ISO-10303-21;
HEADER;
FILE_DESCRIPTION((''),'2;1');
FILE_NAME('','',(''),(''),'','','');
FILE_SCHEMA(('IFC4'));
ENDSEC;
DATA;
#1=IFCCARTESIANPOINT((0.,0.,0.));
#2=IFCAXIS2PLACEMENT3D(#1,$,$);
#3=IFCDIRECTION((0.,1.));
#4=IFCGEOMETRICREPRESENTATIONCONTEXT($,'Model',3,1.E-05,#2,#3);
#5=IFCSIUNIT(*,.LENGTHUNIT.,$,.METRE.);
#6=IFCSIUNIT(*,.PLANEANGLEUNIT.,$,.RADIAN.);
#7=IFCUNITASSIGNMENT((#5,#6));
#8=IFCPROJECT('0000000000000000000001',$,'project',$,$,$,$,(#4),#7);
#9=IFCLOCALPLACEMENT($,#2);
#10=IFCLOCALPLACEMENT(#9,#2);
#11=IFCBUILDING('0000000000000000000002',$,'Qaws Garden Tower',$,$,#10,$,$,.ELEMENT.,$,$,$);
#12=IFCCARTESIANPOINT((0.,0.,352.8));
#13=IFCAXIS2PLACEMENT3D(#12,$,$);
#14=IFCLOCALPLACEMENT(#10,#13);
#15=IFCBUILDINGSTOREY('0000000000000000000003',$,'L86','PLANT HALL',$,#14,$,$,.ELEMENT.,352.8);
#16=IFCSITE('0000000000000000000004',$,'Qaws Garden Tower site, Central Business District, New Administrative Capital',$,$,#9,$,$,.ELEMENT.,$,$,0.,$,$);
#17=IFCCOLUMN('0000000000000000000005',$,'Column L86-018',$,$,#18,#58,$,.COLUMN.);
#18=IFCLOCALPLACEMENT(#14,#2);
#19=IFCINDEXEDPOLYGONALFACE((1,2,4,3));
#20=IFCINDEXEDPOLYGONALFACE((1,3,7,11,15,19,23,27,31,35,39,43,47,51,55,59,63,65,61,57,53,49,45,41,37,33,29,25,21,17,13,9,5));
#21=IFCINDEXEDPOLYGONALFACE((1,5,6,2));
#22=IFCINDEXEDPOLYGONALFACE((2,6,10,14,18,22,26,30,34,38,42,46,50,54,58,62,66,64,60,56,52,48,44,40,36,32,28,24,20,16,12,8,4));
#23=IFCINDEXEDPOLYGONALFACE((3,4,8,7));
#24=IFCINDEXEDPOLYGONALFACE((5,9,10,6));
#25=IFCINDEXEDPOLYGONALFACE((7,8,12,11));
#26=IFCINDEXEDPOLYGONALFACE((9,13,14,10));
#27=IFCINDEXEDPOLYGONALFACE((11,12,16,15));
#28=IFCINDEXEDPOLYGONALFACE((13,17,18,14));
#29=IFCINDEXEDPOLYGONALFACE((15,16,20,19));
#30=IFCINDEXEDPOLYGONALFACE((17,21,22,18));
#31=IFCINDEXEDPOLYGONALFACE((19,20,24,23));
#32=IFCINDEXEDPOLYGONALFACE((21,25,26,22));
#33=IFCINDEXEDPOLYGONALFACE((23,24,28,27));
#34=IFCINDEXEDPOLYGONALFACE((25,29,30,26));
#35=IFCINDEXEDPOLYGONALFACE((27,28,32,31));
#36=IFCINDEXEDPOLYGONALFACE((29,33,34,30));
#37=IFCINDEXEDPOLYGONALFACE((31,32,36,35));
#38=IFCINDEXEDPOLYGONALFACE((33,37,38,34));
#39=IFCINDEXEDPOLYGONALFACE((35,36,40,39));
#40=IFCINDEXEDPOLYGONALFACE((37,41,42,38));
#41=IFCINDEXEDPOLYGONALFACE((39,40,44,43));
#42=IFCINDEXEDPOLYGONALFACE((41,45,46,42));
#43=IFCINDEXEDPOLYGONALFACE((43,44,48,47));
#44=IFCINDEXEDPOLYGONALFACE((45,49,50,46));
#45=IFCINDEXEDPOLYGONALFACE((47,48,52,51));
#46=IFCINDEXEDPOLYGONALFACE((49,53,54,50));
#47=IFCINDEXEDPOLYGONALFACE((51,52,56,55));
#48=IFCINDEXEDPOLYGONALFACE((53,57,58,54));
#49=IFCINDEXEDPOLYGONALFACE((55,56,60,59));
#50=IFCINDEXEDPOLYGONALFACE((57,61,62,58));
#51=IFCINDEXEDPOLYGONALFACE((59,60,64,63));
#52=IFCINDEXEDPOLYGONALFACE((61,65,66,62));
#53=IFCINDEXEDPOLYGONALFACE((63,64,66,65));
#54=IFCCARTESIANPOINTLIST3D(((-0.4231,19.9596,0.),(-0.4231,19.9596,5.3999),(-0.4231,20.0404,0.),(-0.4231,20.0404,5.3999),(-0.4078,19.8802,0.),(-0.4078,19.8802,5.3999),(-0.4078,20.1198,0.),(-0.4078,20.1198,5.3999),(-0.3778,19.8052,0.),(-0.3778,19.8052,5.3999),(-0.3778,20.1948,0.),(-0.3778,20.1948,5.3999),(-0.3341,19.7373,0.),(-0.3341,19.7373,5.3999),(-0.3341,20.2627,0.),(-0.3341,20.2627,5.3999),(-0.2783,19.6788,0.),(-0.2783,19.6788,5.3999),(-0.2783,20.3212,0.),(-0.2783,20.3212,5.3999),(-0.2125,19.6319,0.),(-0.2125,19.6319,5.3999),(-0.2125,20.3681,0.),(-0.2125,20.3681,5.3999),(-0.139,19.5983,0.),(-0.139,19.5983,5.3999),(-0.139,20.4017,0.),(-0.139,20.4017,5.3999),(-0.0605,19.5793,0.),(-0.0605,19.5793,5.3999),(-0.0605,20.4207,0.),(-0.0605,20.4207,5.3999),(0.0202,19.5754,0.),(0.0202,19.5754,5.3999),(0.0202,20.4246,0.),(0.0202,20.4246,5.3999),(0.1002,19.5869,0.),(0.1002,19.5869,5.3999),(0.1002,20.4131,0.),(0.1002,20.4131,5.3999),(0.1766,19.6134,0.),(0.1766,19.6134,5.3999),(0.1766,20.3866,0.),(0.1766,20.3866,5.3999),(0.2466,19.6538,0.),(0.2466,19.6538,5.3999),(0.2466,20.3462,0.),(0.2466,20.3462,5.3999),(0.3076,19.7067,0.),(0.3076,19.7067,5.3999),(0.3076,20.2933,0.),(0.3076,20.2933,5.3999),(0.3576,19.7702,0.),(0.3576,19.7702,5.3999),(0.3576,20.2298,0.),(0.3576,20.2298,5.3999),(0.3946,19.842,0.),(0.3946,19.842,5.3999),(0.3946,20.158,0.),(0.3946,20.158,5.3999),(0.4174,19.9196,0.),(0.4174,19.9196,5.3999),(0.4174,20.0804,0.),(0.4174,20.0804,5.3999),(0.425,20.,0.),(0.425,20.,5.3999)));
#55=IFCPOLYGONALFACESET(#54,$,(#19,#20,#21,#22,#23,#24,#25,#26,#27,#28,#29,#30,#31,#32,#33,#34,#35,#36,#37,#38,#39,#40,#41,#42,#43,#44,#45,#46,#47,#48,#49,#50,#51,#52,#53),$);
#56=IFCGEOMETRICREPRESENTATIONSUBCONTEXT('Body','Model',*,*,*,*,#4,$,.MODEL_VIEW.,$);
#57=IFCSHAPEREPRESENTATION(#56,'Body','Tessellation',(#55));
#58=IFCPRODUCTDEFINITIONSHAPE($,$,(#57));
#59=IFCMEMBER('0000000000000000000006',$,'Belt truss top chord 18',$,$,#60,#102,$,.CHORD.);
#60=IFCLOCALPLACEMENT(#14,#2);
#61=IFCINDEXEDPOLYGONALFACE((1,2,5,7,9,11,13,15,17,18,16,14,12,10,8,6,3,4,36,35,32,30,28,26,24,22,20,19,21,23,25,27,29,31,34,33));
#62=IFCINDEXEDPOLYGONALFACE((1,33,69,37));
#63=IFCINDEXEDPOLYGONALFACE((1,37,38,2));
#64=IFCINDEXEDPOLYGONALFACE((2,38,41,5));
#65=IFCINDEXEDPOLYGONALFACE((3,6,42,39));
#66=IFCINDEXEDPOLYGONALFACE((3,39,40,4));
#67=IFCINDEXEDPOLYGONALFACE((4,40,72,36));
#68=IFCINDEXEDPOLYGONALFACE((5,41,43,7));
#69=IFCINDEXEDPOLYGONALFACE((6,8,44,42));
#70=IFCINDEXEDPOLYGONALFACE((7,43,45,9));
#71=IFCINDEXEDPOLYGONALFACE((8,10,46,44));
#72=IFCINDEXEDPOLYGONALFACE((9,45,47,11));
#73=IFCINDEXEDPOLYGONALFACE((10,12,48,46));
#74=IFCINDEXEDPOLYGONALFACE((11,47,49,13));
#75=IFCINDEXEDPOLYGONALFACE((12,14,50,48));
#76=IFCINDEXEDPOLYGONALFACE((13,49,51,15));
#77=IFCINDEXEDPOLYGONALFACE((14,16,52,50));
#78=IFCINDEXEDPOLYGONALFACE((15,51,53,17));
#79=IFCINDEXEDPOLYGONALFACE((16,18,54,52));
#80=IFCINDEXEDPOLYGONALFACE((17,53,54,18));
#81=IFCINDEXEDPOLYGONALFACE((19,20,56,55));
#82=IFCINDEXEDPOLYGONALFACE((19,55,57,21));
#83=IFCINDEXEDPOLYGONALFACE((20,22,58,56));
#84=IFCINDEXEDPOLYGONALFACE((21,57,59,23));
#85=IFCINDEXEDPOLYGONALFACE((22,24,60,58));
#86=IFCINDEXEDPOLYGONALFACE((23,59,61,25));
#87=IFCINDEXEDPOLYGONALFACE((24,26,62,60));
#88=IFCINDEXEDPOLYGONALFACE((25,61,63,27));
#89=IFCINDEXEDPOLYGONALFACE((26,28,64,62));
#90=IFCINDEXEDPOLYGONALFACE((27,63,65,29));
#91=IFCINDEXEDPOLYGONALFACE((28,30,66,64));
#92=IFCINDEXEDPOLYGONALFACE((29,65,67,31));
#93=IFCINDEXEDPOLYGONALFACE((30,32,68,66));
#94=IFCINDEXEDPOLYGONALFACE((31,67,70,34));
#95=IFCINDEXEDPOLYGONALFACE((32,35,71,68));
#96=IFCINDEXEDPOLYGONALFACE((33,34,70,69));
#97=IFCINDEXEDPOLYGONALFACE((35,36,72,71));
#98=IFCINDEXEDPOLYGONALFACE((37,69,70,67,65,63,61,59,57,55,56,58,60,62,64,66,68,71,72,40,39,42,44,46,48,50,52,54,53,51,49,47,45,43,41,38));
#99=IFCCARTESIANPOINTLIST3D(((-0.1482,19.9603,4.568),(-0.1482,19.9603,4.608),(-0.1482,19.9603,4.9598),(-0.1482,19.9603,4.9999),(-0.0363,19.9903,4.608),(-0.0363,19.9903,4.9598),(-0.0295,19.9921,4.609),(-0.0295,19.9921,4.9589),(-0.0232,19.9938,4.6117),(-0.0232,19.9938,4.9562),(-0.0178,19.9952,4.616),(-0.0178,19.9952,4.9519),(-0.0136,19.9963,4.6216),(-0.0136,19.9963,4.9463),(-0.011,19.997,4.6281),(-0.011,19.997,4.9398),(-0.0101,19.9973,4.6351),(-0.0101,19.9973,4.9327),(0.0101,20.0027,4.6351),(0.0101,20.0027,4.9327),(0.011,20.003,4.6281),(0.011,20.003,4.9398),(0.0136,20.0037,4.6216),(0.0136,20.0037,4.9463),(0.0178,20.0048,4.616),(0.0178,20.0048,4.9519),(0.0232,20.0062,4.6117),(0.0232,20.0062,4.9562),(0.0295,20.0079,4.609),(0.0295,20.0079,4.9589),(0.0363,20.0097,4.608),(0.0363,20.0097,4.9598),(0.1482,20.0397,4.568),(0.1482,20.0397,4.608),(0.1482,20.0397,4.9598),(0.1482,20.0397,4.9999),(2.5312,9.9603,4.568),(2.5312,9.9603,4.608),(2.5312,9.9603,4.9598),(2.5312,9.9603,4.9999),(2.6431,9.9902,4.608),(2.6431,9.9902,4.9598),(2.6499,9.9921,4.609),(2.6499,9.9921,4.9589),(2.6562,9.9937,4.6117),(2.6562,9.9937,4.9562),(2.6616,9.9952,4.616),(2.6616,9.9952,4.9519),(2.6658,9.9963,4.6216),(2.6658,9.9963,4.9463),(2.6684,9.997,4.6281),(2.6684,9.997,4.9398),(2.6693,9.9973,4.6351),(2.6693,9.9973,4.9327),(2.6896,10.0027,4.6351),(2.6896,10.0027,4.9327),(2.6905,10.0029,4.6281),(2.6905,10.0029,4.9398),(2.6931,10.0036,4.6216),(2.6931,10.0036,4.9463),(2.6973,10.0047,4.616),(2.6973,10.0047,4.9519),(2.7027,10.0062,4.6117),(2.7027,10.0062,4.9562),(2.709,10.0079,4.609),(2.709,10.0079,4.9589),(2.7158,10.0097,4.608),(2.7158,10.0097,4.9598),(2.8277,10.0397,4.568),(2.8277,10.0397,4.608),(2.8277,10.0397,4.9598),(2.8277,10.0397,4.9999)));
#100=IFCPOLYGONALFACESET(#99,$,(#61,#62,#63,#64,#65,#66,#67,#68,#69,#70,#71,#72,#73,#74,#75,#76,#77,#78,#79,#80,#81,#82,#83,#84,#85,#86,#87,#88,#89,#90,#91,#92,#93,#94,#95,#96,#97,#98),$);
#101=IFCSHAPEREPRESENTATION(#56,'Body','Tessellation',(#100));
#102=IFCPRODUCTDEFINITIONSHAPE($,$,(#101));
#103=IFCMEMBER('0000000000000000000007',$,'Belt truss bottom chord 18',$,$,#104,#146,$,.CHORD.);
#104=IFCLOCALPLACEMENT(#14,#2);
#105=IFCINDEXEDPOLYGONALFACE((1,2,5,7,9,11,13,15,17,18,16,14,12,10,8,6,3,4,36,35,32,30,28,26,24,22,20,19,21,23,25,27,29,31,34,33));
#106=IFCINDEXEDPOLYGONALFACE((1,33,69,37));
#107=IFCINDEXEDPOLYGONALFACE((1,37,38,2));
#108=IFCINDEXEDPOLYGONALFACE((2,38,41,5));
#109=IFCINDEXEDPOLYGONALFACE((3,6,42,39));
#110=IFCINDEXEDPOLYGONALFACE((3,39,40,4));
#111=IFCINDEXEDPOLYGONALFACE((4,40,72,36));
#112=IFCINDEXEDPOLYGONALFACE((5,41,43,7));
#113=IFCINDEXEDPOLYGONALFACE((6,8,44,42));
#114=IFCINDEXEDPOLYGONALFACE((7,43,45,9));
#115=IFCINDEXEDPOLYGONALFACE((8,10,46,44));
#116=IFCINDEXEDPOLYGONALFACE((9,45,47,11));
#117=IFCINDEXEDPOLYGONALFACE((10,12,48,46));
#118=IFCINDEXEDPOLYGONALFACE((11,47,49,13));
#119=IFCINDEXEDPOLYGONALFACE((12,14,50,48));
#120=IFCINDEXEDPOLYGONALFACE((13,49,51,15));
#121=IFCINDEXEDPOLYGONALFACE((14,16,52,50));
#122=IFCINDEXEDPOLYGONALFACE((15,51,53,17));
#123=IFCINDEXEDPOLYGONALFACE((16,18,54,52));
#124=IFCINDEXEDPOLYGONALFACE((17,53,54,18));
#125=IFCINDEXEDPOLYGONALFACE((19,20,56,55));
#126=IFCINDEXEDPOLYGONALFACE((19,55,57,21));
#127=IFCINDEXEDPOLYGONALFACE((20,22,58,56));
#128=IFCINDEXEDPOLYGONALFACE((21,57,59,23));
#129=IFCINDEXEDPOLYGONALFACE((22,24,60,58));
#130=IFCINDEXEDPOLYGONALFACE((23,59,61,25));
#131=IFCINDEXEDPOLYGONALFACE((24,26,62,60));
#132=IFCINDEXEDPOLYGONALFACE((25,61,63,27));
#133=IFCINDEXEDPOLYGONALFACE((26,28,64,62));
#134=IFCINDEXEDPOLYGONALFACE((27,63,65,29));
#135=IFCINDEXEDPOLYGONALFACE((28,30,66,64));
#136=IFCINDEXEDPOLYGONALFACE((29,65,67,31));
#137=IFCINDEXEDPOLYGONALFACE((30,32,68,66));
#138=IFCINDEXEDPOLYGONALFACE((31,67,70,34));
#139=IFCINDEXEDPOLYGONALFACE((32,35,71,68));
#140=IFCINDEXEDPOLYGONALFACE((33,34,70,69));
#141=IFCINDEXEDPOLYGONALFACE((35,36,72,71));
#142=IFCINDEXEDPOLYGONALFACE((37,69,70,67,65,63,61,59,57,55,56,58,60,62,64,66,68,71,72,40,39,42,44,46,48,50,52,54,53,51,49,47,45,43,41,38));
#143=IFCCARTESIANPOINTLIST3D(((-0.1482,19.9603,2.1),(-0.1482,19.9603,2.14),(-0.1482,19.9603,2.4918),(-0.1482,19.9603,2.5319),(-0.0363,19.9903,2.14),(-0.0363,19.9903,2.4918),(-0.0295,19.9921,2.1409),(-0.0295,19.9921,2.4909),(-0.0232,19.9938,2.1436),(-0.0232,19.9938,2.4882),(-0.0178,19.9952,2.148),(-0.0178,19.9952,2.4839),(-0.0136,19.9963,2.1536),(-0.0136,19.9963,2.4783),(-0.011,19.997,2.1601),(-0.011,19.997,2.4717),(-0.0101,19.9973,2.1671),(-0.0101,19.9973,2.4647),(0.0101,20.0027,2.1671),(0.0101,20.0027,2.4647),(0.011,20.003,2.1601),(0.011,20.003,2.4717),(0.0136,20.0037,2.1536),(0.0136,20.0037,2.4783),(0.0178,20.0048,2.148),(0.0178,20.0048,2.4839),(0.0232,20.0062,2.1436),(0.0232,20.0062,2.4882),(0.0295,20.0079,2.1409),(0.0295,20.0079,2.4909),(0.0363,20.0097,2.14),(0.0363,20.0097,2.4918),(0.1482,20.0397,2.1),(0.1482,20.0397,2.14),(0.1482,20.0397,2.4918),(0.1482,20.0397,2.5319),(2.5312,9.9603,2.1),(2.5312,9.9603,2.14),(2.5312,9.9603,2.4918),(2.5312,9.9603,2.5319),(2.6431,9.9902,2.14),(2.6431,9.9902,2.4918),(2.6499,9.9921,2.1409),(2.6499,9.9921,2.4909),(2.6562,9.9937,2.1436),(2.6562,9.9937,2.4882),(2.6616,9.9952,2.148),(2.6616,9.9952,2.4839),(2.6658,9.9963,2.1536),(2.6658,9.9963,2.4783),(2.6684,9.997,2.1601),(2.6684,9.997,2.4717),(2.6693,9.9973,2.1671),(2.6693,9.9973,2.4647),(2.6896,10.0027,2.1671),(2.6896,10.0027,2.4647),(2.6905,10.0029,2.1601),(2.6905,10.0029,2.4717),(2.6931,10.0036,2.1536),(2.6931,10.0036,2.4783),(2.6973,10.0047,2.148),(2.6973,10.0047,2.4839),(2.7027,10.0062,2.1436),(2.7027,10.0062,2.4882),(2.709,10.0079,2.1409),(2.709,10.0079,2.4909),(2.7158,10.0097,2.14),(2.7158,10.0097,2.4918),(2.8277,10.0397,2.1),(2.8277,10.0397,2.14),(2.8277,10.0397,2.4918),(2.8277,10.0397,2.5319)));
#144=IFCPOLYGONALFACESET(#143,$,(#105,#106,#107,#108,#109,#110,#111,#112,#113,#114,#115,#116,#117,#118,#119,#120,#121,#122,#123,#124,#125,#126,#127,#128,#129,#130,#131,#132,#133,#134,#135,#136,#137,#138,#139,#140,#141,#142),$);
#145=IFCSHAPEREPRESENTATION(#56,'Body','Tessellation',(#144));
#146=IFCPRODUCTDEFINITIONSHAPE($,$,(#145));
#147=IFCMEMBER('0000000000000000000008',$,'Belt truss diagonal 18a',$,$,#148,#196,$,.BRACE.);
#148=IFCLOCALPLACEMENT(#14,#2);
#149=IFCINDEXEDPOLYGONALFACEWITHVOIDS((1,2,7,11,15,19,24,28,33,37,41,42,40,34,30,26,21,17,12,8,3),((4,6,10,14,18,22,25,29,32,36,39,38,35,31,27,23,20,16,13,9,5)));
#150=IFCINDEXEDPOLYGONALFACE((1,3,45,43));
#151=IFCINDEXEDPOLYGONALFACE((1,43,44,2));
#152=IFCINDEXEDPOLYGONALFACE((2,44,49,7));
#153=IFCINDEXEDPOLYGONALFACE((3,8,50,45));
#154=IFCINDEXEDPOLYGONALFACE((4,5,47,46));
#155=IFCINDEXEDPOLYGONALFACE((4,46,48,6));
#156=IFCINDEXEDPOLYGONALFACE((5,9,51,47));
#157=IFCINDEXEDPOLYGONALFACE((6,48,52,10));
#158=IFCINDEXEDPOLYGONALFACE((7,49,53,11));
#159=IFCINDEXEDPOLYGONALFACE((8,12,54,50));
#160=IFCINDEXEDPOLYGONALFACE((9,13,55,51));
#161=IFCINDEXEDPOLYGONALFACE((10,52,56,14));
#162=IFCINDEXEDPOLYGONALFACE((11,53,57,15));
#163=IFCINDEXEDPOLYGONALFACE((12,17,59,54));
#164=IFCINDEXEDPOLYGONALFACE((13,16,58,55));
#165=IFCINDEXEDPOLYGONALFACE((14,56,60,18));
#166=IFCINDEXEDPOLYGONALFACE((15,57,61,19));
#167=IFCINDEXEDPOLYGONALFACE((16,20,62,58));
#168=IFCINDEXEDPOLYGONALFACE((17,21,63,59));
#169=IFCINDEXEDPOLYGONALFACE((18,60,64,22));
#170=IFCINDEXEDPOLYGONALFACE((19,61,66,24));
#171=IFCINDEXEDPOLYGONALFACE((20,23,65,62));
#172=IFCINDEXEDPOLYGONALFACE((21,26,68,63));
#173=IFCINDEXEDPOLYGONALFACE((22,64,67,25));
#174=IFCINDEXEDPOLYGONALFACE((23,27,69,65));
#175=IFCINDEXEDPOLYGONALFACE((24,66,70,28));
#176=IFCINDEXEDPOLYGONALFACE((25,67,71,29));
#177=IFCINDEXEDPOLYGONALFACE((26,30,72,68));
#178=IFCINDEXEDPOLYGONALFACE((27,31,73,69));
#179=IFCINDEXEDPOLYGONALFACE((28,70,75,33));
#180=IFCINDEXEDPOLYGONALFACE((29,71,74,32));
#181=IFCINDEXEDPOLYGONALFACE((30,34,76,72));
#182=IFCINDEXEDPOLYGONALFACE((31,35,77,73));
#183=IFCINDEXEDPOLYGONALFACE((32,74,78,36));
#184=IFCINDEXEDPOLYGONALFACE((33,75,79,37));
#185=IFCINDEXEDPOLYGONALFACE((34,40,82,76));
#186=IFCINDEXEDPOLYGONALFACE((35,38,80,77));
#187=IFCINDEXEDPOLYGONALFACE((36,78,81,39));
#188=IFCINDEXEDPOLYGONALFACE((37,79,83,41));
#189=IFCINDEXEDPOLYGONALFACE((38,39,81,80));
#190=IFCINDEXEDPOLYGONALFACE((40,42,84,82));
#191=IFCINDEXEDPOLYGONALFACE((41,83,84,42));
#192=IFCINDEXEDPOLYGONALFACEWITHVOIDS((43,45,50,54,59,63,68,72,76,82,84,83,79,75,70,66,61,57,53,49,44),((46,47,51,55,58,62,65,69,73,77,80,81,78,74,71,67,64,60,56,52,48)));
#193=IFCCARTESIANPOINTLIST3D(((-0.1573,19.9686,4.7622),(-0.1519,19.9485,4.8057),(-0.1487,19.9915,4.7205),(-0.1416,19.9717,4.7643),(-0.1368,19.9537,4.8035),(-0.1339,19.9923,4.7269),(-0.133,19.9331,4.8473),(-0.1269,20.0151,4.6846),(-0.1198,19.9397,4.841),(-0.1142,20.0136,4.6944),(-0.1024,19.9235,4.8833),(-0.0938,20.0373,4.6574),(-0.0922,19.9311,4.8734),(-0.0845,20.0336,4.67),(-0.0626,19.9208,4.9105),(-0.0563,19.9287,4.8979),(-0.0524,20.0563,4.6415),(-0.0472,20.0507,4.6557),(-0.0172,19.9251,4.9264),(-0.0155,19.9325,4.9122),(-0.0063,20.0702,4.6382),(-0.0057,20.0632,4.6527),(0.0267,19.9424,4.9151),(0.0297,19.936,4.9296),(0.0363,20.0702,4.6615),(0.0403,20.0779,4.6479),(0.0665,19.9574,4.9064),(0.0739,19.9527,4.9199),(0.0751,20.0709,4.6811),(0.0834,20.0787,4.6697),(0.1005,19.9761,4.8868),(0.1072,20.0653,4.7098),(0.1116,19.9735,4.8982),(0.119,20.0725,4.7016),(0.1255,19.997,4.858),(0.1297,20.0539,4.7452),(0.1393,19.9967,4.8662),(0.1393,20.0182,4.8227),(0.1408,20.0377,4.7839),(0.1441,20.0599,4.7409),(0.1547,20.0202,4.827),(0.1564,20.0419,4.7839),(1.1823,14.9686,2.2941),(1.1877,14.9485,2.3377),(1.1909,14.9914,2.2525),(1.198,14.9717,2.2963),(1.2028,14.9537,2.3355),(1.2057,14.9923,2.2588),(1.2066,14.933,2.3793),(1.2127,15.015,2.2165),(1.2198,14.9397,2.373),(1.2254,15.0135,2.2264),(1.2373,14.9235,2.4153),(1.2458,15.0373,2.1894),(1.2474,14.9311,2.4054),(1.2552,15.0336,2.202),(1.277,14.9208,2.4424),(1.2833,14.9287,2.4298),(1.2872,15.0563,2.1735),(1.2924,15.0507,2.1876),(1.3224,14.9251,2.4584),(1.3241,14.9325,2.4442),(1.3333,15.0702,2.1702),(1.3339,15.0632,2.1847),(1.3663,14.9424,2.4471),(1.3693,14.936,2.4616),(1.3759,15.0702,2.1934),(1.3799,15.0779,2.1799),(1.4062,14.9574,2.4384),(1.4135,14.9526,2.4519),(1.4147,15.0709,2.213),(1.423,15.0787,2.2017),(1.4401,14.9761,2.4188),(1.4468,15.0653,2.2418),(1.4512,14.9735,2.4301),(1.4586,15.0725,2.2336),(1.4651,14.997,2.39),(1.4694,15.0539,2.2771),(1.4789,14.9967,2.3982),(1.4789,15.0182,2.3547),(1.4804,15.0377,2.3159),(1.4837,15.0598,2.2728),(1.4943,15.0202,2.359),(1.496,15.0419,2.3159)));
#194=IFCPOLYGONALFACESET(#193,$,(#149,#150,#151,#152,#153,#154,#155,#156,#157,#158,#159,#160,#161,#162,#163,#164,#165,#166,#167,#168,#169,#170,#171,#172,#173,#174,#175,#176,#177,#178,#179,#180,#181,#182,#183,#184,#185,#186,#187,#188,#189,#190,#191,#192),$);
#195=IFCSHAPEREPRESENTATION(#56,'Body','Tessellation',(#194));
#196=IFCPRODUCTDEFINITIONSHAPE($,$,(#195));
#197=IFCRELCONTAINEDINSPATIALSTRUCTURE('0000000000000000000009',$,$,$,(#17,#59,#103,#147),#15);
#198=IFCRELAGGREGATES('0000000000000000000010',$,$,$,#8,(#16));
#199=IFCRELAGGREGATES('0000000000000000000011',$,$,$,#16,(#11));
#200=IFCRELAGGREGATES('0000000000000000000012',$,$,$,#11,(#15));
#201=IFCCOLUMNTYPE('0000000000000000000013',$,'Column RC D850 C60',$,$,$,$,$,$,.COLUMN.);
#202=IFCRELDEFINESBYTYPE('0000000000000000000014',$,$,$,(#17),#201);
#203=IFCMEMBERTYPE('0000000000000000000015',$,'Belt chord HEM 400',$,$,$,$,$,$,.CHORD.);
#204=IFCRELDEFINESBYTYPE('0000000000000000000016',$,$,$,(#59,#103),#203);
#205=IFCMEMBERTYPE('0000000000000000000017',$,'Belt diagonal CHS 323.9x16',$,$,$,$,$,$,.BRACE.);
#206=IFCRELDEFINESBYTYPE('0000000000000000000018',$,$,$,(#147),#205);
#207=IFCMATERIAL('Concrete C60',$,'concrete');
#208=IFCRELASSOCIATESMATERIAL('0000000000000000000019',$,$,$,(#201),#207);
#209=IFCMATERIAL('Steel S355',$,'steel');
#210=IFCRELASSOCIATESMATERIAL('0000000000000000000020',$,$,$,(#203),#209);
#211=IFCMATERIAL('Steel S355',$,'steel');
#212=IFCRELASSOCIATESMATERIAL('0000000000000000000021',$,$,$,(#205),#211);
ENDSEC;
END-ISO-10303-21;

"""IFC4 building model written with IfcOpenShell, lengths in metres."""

from ifc_helpers import new_model, si_unit, direction, frame, origin, origin_2d, place, context, subcontext, project, spatial, circle, hollow_circle, i_section, extrude, material, material_profile, profile_set, type_object, element, save


model = new_model("IFC4")

# Units and contexts
model_context = context("Model", 3, precision=1e-05, world=origin(), true_north=direction((0.0, 1.0)))
body_context = subcontext(model_context, "Body", "Model", "MODEL_VIEW")
ifc_project = project(units=[si_unit("LENGTHUNIT", "METRE"), si_unit("PLANEANGLEUNIT", "RADIAN")], contexts=[model_context])

# Site, building, storey
site_placement = place(None, origin())
site = spatial("IfcSite", under=ifc_project, at=site_placement, Name="Qaws Garden Tower site, Central Business District, New Administrative Capital", CompositionType="ELEMENT", RefElevation=0.0)
building_placement = place(site_placement, origin())
building = spatial("IfcBuilding", under=site, at=building_placement, Name="Qaws Garden Tower", CompositionType="ELEMENT")
storey_placement = place(building_placement, frame((0.0, 0.0, 352.8)))
storey = spatial("IfcBuildingStorey", under=building, at=storey_placement, Name="L86", Description="PLANT HALL", CompositionType="ELEMENT", Elevation=352.8)

# Column
ifc_material_1 = material(Name="Concrete C60", Category="concrete")
ifc_material_profile_1 = material_profile(ifc_material_1, circle(Radius=0.425, at=origin_2d()), Name="RC D850")
ifc_profile_set_1 = profile_set([ifc_material_profile_1], Name="Concrete C60")
column_type = type_object("IfcColumnType", Name="Column RC D850 C60", PredefinedType="COLUMN", material=ifc_profile_set_1)
column_placement = place(storey_placement, frame((0.0, 20.0, 0.0), z_axis=(0.0, 0.0, 1.0), x_axis=(1.0, 0.0, 0.0)))
element("IfcColumn", 1, at=column_placement, inside=storey, type_object=column_type, Name="Column L86-018", PredefinedType="COLUMN", context=body_context, shape_type="SweptSolid", body=[
    extrude(circle(Radius=0.425, at=origin_2d()), origin(), (0.0, 0.0, 1.0), 5.3999),
])

# Members
ifc_material_2 = material(Name="Steel S355", Category="steel")
ifc_material_profile_2 = material_profile(ifc_material_2, i_section(OverallWidth=0.3069, OverallDepth=0.4319, WebThickness=0.021, FlangeThickness=0.04, FilletRadius=0.0271, at=origin_2d()), Name="HEM 400")
ifc_profile_set_2 = profile_set([ifc_material_profile_2], Name="Steel S355")
member_type_1 = type_object("IfcMemberType", Name="Belt chord HEM 400", PredefinedType="CHORD", material=ifc_profile_set_2)
for number, where, z_axis, x_axis, name in (
    (2, (0.0, 20.0, 4.7839), (0.258815, -0.965927, 0.0), (0.965927, 0.258815, 0.0), "Belt truss top chord 18"),
    (3, (0.0, 20.0, 2.3159), (0.258815, -0.965927, 0.0), (0.965927, 0.258815, 0.0), "Belt truss bottom chord 18"),
):
    element("IfcMember", number, at=place(storey_placement, frame(where, z_axis=z_axis, x_axis=x_axis)), inside=storey, type_object=member_type_1, Name=name, PredefinedType="CHORD", context=body_context, shape_type="SweptSolid", body=[
        extrude(i_section(OverallWidth=0.3069, OverallDepth=0.4319, WebThickness=0.021, FlangeThickness=0.04, FilletRadius=0.0271, at=origin_2d()), origin(), (0.0, 0.0, 1.0), 10.3528),
    ])
ifc_material_3 = material(Name="Steel S355", Category="steel")
ifc_material_profile_3 = material_profile(ifc_material_3, hollow_circle(Radius=0.1619, WallThickness=0.0161, at=origin_2d()), Name="CHS 323.9x16")
ifc_profile_set_3 = profile_set([ifc_material_profile_3], Name="Steel S355")
member_type_2 = type_object("IfcMemberType", Name="Belt diagonal CHS 323.9x16", PredefinedType="BRACE", material=ifc_profile_set_3)
member_1_placement = place(storey_placement, frame((0.0, 20.0, 4.7839), z_axis=(0.233599, -0.8719, -0.430373), x_axis=(0.965933, 0.258793, 0.0)))
element("IfcMember", 4, at=member_1_placement, inside=storey, type_object=member_type_2, Name="Belt truss diagonal 18a", PredefinedType="BRACE", context=body_context, shape_type="SweptSolid", body=[
    extrude(hollow_circle(Radius=0.1619, WallThickness=0.0161, at=origin_2d()), origin(), (0.0, 0.0, 1.0), 5.7346),
])

save(model, "model.ifc")
